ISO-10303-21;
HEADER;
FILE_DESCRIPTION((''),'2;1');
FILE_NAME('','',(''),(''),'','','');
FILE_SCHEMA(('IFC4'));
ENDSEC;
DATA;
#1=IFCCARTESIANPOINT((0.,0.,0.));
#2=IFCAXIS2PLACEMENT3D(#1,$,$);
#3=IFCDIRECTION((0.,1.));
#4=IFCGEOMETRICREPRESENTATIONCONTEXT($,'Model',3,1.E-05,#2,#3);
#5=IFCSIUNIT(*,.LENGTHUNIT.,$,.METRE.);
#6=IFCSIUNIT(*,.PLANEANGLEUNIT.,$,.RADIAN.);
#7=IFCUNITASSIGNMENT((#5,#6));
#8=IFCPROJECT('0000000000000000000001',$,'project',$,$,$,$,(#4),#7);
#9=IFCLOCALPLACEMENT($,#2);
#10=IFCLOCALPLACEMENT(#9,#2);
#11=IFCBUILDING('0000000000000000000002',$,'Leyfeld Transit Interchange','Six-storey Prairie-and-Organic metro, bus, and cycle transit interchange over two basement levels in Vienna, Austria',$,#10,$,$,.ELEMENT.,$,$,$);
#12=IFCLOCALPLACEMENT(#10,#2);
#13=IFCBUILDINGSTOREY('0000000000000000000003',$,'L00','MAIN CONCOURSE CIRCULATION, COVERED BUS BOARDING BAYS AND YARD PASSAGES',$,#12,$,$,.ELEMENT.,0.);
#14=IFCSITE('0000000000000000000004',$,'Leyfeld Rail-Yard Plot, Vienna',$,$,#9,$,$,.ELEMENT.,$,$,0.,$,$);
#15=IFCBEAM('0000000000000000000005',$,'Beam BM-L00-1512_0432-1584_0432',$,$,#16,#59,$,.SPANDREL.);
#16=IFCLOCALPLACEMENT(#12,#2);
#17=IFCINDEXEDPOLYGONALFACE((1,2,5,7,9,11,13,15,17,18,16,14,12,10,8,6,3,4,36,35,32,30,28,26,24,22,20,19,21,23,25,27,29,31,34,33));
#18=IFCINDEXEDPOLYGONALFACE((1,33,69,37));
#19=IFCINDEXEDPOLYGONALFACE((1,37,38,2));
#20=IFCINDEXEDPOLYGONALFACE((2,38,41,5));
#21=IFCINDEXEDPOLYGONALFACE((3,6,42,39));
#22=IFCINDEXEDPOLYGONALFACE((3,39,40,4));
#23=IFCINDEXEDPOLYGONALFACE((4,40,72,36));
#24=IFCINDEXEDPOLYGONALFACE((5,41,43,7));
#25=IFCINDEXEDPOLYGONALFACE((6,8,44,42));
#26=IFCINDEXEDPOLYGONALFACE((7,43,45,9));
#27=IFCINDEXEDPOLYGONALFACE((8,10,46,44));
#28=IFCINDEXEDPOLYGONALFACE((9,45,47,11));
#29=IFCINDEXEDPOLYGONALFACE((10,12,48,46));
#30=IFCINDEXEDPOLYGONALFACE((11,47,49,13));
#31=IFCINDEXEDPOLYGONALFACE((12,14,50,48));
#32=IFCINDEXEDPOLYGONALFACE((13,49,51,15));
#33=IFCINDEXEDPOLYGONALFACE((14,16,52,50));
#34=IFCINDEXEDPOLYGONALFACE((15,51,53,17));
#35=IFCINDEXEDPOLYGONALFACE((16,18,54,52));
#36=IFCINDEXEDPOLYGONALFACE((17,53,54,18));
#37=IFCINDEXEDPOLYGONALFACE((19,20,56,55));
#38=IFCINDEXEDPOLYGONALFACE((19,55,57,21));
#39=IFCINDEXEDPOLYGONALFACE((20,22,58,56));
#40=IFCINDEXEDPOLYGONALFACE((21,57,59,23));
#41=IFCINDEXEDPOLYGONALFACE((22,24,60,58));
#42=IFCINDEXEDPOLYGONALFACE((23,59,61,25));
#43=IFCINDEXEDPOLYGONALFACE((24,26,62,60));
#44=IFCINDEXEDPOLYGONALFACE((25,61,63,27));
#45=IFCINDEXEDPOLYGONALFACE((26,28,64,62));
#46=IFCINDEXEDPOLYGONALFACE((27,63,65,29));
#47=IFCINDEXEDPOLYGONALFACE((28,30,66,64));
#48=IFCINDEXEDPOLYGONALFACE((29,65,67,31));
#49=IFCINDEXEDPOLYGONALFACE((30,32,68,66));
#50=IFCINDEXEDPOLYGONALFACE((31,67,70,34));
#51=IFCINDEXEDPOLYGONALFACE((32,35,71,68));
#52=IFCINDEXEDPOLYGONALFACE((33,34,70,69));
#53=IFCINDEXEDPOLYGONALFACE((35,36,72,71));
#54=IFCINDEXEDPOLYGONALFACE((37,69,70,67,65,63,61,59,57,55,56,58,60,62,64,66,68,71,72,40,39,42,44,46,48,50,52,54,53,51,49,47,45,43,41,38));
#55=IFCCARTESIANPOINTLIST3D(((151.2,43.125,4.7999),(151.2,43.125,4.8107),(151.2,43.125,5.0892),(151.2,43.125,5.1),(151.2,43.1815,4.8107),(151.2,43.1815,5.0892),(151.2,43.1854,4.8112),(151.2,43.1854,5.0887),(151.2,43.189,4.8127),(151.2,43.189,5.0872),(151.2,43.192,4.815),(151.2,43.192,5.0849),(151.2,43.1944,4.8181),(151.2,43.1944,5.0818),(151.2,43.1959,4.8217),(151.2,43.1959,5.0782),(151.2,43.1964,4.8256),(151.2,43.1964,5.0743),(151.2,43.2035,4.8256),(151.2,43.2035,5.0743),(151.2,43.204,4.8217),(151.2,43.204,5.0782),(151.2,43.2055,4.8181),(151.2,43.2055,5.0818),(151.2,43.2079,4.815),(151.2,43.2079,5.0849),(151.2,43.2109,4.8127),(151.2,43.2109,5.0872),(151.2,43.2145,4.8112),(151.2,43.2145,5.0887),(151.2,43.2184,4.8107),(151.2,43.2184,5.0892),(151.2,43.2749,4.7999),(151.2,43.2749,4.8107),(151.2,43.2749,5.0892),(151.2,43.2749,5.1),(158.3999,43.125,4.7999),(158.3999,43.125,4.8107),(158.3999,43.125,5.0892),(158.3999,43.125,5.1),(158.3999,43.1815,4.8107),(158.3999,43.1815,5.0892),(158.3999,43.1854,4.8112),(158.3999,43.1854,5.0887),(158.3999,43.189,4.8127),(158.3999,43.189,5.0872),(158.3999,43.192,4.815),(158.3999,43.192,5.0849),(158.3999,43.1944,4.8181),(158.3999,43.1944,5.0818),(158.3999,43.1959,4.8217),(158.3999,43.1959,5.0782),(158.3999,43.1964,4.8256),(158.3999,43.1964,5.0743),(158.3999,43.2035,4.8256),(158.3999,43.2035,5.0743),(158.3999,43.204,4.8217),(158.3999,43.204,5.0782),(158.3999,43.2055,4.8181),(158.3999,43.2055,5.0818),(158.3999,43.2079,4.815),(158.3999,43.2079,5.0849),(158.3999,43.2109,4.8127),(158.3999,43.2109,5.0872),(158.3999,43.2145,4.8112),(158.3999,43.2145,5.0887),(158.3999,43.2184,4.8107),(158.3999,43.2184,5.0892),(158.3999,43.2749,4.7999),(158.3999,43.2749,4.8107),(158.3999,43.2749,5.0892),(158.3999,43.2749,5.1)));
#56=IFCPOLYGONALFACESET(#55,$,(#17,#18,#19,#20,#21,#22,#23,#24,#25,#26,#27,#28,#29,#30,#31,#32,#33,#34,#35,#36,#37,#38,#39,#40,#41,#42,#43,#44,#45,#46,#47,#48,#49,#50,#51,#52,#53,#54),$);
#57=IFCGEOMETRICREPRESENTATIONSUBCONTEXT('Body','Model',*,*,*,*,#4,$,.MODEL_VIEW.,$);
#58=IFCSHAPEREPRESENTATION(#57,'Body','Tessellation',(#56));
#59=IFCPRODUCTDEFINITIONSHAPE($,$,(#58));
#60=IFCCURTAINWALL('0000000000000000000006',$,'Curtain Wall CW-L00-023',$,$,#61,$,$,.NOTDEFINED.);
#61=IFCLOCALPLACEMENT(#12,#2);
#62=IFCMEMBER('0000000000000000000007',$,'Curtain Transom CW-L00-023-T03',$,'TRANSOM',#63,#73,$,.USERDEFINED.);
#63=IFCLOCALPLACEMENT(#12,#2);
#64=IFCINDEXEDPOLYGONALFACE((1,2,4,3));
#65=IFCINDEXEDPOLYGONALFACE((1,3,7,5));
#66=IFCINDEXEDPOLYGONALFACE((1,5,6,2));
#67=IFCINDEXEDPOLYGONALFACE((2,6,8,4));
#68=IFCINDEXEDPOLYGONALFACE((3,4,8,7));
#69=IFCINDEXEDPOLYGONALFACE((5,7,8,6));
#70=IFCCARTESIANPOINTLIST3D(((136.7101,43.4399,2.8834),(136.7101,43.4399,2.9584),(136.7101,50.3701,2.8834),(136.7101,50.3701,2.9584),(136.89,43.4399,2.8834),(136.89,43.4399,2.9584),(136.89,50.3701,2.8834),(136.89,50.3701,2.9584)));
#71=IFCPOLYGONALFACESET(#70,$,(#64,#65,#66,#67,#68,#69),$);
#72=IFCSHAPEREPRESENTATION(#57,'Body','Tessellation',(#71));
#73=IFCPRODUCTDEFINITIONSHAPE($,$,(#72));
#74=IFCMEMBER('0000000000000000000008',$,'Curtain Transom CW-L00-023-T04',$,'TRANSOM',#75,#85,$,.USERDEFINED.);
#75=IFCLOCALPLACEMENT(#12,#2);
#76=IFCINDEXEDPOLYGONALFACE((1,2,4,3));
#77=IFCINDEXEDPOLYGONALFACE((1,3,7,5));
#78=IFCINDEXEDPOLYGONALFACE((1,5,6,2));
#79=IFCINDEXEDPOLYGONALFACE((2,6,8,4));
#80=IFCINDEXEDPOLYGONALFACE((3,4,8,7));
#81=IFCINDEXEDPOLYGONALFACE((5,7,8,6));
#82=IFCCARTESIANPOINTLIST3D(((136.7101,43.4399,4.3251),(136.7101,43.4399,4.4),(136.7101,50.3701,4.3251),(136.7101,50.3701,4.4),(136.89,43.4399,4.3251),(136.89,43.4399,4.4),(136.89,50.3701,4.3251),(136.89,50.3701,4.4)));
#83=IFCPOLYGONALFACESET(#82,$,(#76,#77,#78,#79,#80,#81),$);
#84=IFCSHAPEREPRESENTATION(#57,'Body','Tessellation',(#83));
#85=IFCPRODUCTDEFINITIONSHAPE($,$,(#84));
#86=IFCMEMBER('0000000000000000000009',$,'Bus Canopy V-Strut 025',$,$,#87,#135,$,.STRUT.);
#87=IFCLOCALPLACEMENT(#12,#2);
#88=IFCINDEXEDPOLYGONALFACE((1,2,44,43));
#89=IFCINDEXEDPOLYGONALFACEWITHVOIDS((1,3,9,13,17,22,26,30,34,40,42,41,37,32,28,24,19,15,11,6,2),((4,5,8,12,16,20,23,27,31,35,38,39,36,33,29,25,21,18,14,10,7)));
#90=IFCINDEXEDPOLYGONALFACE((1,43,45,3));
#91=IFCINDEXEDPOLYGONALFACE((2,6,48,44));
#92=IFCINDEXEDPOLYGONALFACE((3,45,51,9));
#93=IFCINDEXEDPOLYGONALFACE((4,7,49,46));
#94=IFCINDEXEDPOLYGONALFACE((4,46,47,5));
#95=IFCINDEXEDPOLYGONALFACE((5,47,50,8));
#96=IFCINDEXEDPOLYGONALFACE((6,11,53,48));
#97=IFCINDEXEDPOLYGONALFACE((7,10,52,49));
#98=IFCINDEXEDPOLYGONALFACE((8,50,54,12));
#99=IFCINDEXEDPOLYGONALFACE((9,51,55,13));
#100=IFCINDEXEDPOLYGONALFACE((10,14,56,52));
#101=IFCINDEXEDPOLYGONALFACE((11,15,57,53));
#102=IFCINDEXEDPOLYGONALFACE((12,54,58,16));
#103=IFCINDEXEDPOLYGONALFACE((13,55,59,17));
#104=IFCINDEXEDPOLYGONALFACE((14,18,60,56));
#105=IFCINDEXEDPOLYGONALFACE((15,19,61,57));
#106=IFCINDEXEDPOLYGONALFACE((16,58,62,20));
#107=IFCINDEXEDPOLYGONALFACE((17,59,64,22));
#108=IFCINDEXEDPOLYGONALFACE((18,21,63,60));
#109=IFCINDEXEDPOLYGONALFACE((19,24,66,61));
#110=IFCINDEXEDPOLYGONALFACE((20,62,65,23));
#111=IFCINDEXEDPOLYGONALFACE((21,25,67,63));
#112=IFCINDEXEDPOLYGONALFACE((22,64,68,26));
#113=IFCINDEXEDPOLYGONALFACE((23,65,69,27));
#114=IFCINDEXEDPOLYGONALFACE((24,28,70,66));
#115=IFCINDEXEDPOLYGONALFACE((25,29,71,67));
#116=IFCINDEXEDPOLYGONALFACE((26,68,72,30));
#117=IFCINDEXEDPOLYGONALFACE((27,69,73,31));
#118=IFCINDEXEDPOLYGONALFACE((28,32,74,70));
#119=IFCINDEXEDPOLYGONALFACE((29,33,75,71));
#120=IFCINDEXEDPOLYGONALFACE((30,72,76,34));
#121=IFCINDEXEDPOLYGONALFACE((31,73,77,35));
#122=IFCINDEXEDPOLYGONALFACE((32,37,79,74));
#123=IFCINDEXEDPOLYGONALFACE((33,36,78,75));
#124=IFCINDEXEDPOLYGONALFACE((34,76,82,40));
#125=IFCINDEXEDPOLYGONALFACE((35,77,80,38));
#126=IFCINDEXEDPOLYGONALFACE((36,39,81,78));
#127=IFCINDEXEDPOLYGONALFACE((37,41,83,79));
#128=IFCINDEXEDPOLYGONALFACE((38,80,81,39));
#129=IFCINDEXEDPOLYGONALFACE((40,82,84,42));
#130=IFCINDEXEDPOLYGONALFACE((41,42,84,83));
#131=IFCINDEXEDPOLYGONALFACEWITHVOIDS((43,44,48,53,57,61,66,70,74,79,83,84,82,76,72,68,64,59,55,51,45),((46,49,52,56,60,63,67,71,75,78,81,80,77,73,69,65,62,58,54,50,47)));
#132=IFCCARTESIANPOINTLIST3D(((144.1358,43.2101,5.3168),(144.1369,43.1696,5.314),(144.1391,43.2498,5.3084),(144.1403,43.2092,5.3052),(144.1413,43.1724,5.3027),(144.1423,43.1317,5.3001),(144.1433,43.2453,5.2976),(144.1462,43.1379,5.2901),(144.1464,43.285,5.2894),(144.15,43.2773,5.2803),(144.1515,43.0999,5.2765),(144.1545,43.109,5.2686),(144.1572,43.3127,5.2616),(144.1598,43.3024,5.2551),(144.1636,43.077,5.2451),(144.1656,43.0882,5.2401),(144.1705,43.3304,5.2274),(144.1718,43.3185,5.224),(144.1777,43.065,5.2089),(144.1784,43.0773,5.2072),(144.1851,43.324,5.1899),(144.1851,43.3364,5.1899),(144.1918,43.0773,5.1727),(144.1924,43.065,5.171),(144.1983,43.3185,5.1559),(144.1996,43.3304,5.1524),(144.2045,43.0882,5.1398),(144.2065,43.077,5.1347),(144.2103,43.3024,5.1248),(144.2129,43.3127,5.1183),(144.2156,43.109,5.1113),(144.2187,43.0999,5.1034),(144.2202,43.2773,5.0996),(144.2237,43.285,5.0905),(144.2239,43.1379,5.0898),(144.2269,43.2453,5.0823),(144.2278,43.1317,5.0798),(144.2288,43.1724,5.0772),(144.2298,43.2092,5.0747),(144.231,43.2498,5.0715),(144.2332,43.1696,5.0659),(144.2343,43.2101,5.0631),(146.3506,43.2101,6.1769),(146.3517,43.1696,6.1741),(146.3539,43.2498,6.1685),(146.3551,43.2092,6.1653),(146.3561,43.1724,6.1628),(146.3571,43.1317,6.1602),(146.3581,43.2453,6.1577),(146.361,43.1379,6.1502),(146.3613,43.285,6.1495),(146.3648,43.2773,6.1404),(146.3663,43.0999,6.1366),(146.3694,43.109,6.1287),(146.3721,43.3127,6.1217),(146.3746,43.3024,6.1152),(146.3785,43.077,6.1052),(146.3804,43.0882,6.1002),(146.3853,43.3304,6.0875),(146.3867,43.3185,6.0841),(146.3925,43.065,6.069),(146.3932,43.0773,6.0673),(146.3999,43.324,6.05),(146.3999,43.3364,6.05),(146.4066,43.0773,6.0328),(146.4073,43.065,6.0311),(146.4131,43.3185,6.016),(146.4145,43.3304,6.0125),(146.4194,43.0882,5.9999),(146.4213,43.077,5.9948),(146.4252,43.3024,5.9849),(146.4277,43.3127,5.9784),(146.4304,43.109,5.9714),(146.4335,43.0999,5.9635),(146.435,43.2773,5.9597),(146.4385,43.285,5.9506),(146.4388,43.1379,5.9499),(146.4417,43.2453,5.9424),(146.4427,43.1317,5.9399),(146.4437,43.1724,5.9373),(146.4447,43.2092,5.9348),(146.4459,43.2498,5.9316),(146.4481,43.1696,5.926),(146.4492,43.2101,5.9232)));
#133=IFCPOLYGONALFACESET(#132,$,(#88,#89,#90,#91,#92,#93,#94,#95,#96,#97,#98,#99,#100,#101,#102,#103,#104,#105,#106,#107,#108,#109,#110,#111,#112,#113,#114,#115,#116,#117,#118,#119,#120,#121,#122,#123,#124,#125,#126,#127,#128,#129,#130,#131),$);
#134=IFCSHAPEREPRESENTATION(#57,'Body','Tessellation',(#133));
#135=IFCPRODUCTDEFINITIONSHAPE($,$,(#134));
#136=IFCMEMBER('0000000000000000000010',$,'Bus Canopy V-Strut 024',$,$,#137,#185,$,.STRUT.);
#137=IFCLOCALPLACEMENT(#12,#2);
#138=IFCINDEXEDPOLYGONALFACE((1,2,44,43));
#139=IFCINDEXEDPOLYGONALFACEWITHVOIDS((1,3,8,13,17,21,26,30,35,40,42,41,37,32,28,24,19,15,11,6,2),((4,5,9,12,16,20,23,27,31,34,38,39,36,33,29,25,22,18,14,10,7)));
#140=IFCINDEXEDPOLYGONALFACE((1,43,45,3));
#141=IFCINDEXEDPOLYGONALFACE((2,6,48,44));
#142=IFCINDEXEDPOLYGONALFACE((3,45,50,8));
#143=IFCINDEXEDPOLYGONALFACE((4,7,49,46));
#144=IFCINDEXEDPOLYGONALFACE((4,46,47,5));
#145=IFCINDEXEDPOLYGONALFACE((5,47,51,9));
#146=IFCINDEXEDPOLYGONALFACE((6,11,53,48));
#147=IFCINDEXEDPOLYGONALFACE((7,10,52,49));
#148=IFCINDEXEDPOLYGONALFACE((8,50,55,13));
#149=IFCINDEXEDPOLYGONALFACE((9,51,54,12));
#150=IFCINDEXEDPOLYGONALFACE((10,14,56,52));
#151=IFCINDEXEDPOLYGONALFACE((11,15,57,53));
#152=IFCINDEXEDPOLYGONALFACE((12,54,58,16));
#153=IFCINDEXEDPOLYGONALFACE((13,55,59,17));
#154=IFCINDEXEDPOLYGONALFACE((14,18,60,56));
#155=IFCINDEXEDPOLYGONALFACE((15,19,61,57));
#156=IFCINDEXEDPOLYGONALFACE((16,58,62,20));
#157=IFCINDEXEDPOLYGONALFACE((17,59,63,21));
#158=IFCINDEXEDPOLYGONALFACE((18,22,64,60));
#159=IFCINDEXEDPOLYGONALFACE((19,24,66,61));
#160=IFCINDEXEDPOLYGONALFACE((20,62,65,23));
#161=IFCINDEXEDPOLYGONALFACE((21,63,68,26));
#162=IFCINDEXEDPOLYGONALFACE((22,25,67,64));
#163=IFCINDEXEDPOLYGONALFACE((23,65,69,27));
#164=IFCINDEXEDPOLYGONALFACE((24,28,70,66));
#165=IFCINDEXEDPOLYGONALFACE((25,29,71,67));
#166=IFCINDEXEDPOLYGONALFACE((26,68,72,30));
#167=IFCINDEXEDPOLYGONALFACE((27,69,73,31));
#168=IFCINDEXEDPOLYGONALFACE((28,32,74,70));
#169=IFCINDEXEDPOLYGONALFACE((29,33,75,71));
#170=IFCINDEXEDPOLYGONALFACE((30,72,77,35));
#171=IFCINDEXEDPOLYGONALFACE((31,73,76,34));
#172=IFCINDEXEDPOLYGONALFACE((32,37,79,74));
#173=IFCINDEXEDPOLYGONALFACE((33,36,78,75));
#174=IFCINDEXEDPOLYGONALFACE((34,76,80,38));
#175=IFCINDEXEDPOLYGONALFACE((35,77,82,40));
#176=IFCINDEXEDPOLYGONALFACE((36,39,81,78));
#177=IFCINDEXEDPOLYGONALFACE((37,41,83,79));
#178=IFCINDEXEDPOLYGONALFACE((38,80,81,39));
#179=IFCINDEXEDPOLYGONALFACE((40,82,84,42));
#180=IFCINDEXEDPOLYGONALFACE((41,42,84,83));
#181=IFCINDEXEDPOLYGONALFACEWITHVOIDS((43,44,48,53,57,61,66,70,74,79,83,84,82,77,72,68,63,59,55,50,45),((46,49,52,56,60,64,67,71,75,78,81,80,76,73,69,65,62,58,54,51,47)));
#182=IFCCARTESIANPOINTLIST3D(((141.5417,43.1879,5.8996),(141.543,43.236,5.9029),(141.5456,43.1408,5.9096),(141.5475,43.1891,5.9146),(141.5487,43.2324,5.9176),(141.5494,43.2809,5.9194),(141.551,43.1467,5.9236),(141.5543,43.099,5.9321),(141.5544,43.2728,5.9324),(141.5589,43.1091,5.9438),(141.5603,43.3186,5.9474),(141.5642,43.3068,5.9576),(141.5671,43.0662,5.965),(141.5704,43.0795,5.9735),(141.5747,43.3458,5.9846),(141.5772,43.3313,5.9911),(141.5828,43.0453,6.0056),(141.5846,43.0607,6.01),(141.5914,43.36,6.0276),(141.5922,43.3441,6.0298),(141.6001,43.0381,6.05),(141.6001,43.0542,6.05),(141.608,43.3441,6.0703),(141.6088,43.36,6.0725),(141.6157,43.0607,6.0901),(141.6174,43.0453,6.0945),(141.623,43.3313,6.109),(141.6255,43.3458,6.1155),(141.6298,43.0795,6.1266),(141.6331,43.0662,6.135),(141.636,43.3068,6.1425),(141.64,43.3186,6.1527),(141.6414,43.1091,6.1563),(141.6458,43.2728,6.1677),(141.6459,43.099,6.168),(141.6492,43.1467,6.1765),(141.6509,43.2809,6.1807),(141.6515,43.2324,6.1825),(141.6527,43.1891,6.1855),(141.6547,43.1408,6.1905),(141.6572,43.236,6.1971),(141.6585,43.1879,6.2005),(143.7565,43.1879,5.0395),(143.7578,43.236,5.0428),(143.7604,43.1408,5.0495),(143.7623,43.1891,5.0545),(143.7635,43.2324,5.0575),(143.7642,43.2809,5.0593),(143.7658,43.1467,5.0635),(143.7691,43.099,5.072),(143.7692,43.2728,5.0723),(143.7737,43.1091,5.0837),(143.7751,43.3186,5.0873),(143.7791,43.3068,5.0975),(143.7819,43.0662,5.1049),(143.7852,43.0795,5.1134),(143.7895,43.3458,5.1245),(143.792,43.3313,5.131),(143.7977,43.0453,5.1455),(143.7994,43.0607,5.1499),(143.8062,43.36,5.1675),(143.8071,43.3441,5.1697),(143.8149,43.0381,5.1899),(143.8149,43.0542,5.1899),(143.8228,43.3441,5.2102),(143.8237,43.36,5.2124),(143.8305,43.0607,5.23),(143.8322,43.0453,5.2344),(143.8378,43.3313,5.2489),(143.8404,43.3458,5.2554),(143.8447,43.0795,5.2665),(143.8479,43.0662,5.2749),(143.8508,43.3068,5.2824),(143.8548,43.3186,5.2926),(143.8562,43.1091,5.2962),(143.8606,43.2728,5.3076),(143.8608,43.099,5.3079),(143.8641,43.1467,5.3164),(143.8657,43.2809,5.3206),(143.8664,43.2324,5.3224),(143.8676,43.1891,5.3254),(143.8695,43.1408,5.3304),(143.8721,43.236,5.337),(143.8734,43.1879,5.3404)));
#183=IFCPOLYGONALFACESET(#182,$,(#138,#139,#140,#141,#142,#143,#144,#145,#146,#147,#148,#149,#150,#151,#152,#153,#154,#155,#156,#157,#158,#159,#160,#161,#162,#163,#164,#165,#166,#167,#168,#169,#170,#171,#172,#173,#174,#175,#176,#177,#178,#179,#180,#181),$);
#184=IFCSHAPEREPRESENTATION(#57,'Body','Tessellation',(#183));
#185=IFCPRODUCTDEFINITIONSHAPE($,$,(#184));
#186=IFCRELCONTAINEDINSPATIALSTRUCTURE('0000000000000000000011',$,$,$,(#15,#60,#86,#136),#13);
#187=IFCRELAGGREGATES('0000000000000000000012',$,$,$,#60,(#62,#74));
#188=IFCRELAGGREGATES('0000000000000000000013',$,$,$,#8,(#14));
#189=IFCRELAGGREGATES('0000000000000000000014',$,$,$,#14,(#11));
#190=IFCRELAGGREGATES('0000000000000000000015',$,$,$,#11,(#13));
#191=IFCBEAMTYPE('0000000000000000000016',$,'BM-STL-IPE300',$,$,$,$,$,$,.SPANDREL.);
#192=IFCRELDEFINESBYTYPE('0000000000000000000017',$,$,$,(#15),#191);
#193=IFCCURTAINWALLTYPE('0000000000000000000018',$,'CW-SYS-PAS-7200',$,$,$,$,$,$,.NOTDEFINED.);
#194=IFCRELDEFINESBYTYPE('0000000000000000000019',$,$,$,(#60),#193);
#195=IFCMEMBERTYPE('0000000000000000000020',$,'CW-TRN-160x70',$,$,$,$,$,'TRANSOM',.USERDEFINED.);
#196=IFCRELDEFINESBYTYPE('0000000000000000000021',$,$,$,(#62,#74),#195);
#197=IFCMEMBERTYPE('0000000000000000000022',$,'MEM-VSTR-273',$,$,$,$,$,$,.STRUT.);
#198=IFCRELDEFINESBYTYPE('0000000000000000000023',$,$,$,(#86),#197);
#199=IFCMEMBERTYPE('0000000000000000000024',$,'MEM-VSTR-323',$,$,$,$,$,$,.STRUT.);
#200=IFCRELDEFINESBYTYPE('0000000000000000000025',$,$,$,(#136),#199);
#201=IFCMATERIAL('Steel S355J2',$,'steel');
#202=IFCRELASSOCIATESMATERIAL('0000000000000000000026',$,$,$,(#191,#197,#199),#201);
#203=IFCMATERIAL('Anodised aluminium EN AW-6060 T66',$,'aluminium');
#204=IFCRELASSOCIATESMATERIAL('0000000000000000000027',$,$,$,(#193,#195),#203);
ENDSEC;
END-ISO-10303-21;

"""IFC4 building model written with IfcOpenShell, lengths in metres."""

from ifc_helpers import new_model, si_unit, direction, frame, origin, origin_2d, place, context, subcontext, project, spatial, rectangle, hollow_circle, i_section, extrude, material, material_profile, profile_set, type_object, element, aggregate, save


model = new_model("IFC4")

# Units and contexts
model_context = context("Model", 3, precision=1e-05, world=origin(), true_north=direction((0.0, 1.0)))
body_context = subcontext(model_context, "Body", "Model", "MODEL_VIEW")
ifc_project = project(units=[si_unit("LENGTHUNIT", "METRE"), si_unit("PLANEANGLEUNIT", "RADIAN")], contexts=[model_context])

# Site, building, storey
site_placement = place(None, origin())
site = spatial("IfcSite", under=ifc_project, at=site_placement, Name="Leyfeld Rail-Yard Plot, Vienna", CompositionType="ELEMENT", RefElevation=0.0)
building_placement = place(site_placement, origin())
building = spatial("IfcBuilding", under=site, at=building_placement, Name="Leyfeld Transit Interchange", Description="Six-storey Prairie-and-Organic metro, bus, and cycle transit interchange over two basement levels in Vienna, Austria", CompositionType="ELEMENT")
storey_placement = place(building_placement, origin())
storey = spatial("IfcBuildingStorey", under=building, at=storey_placement, Name="L00", Description="MAIN CONCOURSE CIRCULATION, COVERED BUS BOARDING BAYS AND YARD PASSAGES", CompositionType="ELEMENT", Elevation=0.0)

# Shared definitions
ifc_material_1 = material(Name="Steel S355J2", Category="steel")

# Beam
ifc_material_profile_1 = material_profile(ifc_material_1, i_section(OverallWidth=0.1499, OverallDepth=0.3, WebThickness=0.0071, FlangeThickness=0.0107, FilletRadius=0.0149, at=origin_2d()), Name="IPE 300")
ifc_profile_set_1 = profile_set([ifc_material_profile_1], Name="Steel S355J2")
beam_type_1 = type_object("IfcBeamType", Name="BM-STL-IPE300", PredefinedType="SPANDREL", material=ifc_profile_set_1)
for number, where, z_axis, x_axis, name in (
    (1, (151.2, 43.2, 4.95), (1.0, 0.0, 0.0), (0.0, 1.0, 0.0), "Beam BM-L00-1512_0432-1584_0432"),
):
    element("IfcBeam", number, at=place(storey_placement, frame(where, z_axis=z_axis, x_axis=x_axis)), inside=storey, type_object=beam_type_1, Name=name, PredefinedType="SPANDREL", context=body_context, shape_type="SweptSolid", body=[
        extrude(i_section(OverallWidth=0.1499, OverallDepth=0.3, WebThickness=0.0071, FlangeThickness=0.0107, FilletRadius=0.0149, at=origin_2d()), origin(), (0.0, 0.0, 1.0), 7.2),
    ])

# Curtain wall, members
ifc_material_2 = material(Name="Anodised aluminium EN AW-6060 T66", Category="aluminium")
curtain_wall_type = type_object("IfcCurtainWallType", Name="CW-SYS-PAS-7200", PredefinedType="NOTDEFINED", material=ifc_material_2)
curtain_wall_placement = place(storey_placement, origin())
curtain_wall = element("IfcCurtainWall", 2, at=curtain_wall_placement, inside=storey, type_object=curtain_wall_type, Name="Curtain Wall CW-L00-023", PredefinedType="NOTDEFINED")
ifc_material_profile_2 = material_profile(ifc_material_2, rectangle(XDim=0.1799, YDim=0.075, at=origin_2d()), Name="CW-TRN-160x70")
ifc_profile_set_2 = profile_set([ifc_material_profile_2], Name="Anodised aluminium EN AW-6060 T66")
member_type_1 = type_object("IfcMemberType", Name="CW-TRN-160x70", ElementType="TRANSOM", PredefinedType="USERDEFINED", material=ifc_profile_set_2)
member_1_placement = place(storey_placement, frame((136.8, 50.3701, 2.9209), z_axis=(0.0, -1.0, 0.0), x_axis=(1.0, 0.0, 0.0)))
member_1 = element("IfcMember", 3, at=member_1_placement, type_object=member_type_1, Name="Curtain Transom CW-L00-023-T03", ObjectType="TRANSOM", PredefinedType="USERDEFINED", context=body_context, shape_type="SweptSolid", body=[
    extrude(rectangle(XDim=0.1799, YDim=0.075, at=origin_2d()), origin(), (0.0, 0.0, 1.0), 6.9302),
])
member_2_placement = place(storey_placement, frame((136.8, 50.3701, 4.3625), z_axis=(0.0, -1.0, 0.0), x_axis=(1.0, 0.0, 0.0)))
member_2 = element("IfcMember", 4, at=member_2_placement, type_object=member_type_1, Name="Curtain Transom CW-L00-023-T04", ObjectType="TRANSOM", PredefinedType="USERDEFINED", context=body_context, shape_type="SweptSolid", body=[
    extrude(rectangle(XDim=0.1799, YDim=0.075, at=origin_2d()), origin(), (0.0, 0.0, 1.0), 6.9302),
])
aggregate(curtain_wall, [member_1, member_2])

# Members
ifc_material_profile_3 = material_profile(ifc_material_1, hollow_circle(Radius=0.1365, WallThickness=0.0125, at=origin_2d()), Name="CHS 273x12.5")
ifc_profile_set_3 = profile_set([ifc_material_profile_3], Name="Steel S355J2")
member_type_2 = type_object("IfcMemberType", Name="MEM-VSTR-273", PredefinedType="STRUT", material=ifc_profile_set_3)
member_3_placement = place(storey_placement, frame((144.1851, 43.2, 5.1899), z_axis=(0.932178, 0.0, 0.362), x_axis=(0.0, 1.0, 0.0)))
element("IfcMember", 5, at=member_3_placement, inside=storey, type_object=member_type_2, Name="Bus Canopy V-Strut 025", PredefinedType="STRUT", context=body_context, shape_type="SweptSolid", body=[
    extrude(hollow_circle(Radius=0.1365, WallThickness=0.0125, at=origin_2d()), origin(), (0.0, 0.0, 1.0), 2.376),
])
ifc_material_profile_4 = material_profile(ifc_material_1, hollow_circle(Radius=0.1619, WallThickness=0.0161, at=origin_2d()), Name="CHS 323.9x16")
ifc_profile_set_4 = profile_set([ifc_material_profile_4], Name="Steel S355J2")
member_type_3 = type_object("IfcMemberType", Name="MEM-VSTR-323", PredefinedType="STRUT", material=ifc_profile_set_4)
member_4_placement = place(storey_placement, frame((143.8149, 43.2, 5.1899), z_axis=(-0.932178, 0.0, 0.362), x_axis=(0.0, -1.0, 0.0)))
element("IfcMember", 6, at=member_4_placement, inside=storey, type_object=member_type_3, Name="Bus Canopy V-Strut 024", PredefinedType="STRUT", context=body_context, shape_type="SweptSolid", body=[
    extrude(hollow_circle(Radius=0.1619, WallThickness=0.0161, at=origin_2d()), origin(), (0.0, 0.0, 1.0), 2.376),
])

save(model, "model.ifc")
